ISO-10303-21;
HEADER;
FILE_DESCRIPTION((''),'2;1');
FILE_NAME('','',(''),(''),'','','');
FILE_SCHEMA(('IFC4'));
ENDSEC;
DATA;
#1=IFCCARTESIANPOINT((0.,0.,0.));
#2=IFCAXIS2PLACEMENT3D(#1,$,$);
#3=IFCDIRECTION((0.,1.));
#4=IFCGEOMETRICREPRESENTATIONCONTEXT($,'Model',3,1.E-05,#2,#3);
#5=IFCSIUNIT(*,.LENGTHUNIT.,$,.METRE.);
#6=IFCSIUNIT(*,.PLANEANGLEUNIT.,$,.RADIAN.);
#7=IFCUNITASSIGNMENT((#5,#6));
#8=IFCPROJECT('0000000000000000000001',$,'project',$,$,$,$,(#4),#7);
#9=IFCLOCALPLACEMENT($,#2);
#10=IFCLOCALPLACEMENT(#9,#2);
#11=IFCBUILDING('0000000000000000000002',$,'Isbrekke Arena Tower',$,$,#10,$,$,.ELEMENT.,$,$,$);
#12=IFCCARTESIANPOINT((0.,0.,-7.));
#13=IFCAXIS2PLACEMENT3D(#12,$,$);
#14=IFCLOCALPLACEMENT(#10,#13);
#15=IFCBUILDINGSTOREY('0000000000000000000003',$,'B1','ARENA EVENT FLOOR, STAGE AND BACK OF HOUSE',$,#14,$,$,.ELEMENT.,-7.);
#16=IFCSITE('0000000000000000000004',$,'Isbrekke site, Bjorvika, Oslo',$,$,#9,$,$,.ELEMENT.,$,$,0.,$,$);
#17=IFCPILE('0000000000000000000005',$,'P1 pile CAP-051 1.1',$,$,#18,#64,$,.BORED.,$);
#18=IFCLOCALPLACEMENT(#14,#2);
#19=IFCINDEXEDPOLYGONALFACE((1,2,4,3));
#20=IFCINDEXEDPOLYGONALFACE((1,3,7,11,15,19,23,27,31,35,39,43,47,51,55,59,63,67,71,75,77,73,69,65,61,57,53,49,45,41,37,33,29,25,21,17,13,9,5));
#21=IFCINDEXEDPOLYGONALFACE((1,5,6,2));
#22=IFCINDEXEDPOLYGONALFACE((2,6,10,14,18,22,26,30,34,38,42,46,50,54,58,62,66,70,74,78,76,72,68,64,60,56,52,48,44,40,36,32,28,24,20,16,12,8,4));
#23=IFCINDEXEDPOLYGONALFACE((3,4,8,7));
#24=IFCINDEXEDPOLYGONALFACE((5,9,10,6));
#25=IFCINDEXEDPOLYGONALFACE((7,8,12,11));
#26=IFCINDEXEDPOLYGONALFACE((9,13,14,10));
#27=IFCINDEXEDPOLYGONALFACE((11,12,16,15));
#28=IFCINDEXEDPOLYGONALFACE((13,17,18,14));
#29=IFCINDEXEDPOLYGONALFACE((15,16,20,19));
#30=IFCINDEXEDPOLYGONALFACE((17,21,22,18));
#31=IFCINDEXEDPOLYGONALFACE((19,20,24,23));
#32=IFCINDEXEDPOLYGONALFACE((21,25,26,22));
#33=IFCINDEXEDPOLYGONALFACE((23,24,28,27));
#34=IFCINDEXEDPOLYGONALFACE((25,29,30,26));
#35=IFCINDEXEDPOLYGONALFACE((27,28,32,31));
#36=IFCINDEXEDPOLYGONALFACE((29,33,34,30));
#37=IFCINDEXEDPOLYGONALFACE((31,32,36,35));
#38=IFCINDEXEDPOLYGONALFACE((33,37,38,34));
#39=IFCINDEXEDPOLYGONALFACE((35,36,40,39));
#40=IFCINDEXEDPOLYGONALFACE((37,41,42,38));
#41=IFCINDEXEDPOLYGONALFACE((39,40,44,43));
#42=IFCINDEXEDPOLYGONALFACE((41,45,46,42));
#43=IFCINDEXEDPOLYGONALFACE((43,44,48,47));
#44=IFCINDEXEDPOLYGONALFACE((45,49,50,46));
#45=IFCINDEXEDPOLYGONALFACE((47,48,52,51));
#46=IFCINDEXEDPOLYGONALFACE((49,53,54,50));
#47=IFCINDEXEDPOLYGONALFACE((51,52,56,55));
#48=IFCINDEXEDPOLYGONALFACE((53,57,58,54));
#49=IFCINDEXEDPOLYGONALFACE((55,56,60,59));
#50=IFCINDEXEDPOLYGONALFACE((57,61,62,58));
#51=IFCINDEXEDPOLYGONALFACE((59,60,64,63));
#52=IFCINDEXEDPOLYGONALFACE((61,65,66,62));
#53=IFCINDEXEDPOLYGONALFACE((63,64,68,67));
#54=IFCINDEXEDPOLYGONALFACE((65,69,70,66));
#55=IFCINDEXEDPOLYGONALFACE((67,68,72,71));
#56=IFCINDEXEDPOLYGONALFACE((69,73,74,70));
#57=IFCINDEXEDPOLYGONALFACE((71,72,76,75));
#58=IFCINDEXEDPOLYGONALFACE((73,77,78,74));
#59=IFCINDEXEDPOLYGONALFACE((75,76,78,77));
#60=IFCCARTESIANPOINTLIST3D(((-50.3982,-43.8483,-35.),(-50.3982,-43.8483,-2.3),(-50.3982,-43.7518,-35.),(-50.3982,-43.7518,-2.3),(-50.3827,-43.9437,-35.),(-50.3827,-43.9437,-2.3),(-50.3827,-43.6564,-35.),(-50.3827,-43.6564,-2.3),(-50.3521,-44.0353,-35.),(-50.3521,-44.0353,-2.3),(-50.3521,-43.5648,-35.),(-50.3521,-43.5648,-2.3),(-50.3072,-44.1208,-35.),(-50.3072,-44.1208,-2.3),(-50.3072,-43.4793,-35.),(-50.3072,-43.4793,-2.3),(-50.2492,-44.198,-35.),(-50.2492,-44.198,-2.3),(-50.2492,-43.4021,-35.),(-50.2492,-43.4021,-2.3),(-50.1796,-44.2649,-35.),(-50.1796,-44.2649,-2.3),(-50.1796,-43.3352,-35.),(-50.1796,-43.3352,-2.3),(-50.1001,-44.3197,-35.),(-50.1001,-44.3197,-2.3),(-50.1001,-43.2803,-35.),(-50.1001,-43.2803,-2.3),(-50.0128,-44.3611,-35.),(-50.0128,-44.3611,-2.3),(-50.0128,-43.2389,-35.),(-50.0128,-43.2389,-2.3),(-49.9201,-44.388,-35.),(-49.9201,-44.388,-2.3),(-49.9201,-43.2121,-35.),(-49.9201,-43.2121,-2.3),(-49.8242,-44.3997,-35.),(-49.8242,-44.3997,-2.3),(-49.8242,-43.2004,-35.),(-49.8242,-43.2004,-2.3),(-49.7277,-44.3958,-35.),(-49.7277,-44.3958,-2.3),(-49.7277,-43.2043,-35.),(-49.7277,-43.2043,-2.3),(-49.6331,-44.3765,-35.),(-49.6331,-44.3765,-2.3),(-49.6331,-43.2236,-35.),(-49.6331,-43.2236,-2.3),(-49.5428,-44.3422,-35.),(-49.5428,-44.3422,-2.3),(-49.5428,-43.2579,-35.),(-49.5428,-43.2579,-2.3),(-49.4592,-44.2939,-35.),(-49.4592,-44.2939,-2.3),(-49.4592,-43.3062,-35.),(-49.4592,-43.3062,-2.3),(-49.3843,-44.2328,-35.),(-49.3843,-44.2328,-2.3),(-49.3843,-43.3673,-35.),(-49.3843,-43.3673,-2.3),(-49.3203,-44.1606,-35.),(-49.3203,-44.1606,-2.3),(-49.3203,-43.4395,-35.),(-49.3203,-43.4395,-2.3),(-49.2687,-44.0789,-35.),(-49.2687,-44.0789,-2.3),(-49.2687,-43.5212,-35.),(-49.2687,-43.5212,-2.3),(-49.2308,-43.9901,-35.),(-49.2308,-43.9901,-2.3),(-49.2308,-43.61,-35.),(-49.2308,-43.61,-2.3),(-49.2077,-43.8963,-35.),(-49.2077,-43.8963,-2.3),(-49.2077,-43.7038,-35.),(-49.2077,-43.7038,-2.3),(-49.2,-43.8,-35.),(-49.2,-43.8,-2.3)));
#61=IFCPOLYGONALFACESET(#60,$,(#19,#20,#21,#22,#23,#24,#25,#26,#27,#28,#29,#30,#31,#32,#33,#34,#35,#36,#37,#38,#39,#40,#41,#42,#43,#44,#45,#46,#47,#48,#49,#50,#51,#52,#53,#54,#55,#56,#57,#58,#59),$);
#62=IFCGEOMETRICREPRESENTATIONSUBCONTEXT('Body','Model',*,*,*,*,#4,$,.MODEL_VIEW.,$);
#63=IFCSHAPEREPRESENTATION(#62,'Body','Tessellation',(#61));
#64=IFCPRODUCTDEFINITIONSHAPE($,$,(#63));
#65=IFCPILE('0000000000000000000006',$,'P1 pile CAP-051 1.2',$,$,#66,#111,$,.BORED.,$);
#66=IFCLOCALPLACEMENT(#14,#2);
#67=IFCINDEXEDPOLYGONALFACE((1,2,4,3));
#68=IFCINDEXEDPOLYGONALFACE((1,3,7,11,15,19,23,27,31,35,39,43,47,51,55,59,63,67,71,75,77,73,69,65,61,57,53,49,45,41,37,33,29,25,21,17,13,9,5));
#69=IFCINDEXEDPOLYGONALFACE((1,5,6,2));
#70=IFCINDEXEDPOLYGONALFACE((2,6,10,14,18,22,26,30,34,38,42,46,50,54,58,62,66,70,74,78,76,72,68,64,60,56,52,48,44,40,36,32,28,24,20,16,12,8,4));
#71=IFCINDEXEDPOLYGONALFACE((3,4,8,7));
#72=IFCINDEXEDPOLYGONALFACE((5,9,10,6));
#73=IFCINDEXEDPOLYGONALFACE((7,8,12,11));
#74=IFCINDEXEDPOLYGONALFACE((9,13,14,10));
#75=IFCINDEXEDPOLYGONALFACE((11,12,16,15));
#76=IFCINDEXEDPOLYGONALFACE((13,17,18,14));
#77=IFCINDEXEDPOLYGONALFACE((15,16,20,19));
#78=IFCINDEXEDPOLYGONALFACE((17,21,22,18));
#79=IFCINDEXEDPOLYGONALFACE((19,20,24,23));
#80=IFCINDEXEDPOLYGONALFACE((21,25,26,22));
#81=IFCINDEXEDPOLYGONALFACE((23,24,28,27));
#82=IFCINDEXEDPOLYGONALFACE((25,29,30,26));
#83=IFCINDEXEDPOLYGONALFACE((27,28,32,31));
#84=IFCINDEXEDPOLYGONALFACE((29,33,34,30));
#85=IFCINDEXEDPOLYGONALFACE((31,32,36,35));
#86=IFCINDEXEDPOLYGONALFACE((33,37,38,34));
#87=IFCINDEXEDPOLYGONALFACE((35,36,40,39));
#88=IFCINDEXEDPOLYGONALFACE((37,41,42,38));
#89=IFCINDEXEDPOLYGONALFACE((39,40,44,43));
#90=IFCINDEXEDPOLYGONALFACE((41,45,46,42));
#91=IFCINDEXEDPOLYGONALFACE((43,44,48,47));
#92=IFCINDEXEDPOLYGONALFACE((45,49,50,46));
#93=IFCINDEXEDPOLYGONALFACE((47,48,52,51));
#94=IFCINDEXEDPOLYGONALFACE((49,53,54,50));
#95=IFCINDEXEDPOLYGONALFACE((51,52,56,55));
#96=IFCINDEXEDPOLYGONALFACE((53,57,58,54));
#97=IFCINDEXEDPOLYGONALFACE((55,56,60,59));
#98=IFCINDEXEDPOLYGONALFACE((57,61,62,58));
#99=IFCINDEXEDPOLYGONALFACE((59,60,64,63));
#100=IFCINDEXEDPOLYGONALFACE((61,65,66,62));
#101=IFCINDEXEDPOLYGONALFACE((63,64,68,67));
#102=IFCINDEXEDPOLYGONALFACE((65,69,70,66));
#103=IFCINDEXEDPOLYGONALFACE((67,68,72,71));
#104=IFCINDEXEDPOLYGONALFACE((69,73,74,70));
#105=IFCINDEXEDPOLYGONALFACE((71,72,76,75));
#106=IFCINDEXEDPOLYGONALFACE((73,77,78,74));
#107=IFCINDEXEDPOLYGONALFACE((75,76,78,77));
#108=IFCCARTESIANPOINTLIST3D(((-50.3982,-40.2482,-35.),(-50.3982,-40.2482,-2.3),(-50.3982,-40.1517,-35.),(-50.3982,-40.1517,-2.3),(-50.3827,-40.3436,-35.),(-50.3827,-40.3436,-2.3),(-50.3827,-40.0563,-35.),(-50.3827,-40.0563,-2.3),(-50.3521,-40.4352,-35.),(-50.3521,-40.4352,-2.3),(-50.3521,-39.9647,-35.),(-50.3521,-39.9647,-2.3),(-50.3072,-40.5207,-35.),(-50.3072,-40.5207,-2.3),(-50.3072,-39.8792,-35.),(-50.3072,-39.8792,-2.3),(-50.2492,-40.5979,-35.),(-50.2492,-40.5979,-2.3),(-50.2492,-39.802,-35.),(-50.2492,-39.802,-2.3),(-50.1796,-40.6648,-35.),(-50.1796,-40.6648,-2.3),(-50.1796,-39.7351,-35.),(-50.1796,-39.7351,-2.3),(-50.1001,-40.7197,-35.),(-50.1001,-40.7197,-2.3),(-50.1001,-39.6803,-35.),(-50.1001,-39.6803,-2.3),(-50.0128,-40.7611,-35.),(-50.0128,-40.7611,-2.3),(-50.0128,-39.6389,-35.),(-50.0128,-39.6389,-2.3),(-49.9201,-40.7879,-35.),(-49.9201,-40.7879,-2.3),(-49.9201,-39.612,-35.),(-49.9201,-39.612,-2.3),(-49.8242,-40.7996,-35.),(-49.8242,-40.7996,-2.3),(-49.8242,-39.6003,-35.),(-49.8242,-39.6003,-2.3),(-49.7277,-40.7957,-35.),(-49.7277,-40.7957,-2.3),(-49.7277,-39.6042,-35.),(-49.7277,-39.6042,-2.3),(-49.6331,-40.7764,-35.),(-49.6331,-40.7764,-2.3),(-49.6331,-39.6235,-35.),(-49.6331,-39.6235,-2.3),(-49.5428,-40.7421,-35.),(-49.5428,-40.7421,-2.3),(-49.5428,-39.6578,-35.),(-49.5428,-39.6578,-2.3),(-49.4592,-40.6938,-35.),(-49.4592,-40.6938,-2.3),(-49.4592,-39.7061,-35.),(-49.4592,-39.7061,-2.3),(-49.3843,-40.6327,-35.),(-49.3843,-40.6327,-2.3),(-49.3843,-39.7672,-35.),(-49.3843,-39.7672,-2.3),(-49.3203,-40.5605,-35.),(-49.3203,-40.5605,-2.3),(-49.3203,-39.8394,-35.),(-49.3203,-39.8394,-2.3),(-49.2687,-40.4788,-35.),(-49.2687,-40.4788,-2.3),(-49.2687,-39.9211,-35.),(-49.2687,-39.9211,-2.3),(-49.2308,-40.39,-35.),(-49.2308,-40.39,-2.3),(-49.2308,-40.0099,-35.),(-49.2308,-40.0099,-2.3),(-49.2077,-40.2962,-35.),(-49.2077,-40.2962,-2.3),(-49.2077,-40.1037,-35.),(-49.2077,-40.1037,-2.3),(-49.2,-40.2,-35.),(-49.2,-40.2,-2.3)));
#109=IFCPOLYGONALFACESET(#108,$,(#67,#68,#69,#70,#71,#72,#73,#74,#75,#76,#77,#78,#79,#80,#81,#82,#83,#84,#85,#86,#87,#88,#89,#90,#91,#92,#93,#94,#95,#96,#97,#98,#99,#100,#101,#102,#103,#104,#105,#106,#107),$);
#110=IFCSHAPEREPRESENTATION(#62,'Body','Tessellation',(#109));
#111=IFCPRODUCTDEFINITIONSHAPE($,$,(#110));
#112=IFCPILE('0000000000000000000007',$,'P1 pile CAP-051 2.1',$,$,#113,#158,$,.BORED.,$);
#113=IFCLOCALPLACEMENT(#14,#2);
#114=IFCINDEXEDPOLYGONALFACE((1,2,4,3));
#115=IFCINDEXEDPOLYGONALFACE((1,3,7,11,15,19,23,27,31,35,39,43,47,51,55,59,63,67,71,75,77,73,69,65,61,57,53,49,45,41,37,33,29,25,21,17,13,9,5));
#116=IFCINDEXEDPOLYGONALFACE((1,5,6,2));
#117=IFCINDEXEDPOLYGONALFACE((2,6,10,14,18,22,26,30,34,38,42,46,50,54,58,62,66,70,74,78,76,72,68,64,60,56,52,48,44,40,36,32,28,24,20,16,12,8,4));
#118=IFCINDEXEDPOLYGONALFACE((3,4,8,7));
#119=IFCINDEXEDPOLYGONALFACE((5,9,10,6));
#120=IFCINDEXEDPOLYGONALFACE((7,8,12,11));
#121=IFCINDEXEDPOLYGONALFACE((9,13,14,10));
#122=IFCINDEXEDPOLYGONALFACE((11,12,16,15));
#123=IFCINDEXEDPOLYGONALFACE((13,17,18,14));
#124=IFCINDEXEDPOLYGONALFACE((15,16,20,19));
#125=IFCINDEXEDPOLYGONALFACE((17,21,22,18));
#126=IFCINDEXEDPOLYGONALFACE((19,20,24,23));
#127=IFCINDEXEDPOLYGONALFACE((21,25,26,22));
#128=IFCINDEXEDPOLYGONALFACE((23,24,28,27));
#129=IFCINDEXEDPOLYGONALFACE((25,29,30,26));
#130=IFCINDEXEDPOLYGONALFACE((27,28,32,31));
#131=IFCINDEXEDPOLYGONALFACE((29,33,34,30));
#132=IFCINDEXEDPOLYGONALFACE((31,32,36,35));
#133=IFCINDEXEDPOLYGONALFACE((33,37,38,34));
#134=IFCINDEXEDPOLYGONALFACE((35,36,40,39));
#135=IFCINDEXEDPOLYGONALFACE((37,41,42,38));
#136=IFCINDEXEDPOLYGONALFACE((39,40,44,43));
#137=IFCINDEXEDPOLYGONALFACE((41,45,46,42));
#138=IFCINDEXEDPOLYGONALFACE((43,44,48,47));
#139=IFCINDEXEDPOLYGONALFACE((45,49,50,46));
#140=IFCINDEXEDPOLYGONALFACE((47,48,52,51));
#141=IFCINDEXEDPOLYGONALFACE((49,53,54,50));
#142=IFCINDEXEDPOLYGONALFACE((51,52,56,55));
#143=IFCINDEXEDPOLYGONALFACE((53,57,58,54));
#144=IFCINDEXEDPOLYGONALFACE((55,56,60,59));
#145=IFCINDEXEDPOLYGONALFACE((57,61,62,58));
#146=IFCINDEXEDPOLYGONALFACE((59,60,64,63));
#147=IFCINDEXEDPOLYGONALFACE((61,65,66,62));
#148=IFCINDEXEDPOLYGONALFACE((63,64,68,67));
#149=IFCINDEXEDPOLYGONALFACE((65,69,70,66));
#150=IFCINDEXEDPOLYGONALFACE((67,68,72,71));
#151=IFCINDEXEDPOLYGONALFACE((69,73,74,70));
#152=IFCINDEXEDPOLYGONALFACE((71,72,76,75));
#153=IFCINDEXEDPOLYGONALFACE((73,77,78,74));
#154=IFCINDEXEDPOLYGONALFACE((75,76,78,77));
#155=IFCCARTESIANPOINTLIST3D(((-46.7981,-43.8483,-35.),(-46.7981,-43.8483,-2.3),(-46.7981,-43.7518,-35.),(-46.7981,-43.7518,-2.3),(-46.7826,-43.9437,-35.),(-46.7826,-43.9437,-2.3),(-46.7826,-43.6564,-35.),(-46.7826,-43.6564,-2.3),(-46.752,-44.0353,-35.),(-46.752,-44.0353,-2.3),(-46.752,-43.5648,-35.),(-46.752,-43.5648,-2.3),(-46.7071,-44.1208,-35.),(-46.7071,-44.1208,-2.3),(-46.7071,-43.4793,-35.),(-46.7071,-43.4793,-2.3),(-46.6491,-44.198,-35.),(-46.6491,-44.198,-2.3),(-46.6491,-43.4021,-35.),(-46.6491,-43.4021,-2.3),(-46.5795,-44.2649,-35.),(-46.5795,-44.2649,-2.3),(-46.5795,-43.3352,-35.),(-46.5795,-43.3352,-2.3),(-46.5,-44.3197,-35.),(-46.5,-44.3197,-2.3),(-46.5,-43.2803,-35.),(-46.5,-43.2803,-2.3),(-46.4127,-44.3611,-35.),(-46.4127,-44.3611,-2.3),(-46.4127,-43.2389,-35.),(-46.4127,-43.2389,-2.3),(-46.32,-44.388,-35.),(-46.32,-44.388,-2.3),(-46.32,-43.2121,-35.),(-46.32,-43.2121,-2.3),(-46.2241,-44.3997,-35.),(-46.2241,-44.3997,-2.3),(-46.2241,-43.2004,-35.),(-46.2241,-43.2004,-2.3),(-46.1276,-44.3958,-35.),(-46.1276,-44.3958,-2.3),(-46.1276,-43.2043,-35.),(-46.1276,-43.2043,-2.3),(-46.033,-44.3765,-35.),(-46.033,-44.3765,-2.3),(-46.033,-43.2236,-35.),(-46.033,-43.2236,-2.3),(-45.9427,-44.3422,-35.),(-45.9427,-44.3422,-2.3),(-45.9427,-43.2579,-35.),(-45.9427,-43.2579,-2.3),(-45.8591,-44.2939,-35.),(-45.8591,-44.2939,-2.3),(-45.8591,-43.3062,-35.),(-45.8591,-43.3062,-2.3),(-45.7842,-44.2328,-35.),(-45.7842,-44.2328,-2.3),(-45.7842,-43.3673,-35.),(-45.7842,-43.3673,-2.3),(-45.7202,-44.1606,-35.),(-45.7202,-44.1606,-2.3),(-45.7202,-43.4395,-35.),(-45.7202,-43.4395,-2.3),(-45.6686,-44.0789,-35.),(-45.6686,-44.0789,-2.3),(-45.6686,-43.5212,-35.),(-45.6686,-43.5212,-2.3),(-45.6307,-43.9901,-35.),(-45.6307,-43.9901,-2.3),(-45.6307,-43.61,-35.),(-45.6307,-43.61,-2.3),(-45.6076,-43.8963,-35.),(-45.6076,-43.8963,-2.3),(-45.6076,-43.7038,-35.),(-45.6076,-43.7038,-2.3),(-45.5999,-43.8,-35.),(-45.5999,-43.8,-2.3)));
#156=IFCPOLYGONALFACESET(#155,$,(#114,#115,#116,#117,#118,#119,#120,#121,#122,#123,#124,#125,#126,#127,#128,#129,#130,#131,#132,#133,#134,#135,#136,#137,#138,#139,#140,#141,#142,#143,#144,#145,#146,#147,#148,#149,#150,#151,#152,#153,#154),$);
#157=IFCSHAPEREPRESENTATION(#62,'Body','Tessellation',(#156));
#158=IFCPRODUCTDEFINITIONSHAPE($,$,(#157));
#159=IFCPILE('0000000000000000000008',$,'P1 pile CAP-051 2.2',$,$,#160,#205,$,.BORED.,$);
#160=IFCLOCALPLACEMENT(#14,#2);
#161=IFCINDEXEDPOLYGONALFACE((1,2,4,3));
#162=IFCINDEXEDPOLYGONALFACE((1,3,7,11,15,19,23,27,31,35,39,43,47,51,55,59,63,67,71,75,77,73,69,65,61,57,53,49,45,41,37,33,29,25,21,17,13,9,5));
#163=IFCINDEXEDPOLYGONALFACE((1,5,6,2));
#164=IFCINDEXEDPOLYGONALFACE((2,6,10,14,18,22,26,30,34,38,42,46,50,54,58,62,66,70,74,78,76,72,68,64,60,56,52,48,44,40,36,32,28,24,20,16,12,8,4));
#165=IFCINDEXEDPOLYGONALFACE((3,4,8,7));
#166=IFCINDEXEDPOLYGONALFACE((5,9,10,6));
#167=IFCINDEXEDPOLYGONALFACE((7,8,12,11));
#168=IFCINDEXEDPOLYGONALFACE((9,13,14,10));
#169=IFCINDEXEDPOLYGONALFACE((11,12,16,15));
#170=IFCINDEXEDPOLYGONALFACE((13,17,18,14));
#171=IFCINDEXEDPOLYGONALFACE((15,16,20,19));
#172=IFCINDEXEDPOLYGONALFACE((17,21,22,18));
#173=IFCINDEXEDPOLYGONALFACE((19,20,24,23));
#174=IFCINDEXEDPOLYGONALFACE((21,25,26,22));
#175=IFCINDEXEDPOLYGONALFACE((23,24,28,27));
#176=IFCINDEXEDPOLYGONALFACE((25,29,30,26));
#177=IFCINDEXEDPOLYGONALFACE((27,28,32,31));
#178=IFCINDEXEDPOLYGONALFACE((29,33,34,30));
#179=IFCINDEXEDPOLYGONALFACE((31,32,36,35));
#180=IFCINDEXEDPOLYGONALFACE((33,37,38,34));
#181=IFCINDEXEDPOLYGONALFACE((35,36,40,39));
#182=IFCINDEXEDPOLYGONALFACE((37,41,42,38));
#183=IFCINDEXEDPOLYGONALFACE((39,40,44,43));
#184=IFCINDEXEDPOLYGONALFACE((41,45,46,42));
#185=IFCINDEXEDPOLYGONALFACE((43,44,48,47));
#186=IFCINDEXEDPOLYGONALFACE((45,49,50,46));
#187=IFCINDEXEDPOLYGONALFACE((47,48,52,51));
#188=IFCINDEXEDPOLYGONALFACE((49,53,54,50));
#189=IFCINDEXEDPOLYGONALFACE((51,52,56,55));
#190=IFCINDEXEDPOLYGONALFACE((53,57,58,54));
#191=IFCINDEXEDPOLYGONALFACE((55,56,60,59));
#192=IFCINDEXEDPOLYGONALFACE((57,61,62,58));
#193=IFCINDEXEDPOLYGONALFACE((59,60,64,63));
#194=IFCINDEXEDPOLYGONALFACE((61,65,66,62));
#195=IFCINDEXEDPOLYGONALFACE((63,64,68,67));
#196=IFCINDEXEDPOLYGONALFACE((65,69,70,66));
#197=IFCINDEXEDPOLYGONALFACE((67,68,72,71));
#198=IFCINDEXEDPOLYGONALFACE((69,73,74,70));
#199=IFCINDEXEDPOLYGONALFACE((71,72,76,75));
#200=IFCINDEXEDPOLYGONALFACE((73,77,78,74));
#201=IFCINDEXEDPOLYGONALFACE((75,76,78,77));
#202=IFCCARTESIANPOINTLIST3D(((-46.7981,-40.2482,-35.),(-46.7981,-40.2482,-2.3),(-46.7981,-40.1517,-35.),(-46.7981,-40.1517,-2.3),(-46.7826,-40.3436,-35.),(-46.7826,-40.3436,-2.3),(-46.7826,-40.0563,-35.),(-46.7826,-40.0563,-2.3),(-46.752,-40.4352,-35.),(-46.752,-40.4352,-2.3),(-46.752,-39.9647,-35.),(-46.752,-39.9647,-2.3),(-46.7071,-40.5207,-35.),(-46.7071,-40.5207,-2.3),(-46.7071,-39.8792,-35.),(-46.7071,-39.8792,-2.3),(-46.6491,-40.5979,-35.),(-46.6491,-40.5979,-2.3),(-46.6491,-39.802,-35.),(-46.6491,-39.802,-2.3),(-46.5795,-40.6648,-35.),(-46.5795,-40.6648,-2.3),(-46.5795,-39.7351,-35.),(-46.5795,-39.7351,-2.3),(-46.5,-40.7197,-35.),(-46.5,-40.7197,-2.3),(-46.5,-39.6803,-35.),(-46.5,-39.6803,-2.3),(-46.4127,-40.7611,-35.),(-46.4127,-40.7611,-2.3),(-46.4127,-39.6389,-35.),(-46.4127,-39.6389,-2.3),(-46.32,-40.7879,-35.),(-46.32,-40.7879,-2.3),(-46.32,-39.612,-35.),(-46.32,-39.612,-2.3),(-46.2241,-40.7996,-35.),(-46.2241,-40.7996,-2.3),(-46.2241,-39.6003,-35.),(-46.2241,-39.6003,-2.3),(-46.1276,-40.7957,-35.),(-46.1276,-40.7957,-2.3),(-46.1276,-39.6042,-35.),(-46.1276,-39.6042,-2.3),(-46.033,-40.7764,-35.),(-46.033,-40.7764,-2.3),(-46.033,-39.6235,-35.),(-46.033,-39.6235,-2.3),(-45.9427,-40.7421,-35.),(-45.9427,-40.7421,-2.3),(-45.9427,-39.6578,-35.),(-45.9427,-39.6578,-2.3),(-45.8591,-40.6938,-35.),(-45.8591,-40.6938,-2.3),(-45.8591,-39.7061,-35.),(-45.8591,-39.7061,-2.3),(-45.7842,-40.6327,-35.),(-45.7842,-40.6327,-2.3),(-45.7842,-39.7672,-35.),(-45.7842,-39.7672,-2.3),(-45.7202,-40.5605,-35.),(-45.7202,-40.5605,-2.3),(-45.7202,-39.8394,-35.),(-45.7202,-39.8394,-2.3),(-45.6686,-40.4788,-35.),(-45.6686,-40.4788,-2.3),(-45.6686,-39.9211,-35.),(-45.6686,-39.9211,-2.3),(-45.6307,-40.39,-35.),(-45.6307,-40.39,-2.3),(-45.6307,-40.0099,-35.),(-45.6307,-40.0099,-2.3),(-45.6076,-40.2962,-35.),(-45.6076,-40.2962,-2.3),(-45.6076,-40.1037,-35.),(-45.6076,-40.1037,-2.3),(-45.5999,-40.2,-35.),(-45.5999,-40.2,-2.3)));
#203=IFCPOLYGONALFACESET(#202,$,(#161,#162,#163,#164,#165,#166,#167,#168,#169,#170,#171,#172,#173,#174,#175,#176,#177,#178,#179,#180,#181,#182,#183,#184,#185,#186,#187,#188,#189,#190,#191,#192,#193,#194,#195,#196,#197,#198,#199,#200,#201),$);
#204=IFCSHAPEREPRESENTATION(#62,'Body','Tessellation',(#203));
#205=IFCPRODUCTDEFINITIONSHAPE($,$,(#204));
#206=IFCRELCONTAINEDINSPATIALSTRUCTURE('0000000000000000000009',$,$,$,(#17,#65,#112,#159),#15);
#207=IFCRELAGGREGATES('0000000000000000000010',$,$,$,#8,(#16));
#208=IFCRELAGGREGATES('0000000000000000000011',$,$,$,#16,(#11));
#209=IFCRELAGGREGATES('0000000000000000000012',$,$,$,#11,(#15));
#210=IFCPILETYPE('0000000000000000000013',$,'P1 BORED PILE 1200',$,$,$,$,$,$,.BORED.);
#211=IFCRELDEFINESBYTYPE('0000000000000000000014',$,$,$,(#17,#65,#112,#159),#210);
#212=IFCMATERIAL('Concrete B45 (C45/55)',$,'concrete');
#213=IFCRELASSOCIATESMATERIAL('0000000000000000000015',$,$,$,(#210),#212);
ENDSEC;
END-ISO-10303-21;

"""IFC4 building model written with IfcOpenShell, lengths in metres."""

from ifc_helpers import new_model, si_unit, direction, frame, origin, origin_2d, place, context, subcontext, project, spatial, circle, extrude, material, material_profile, profile_set, type_object, element, save


model = new_model("IFC4")

# Units and contexts
model_context = context("Model", 3, precision=1e-05, world=origin(), true_north=direction((0.0, 1.0)))
body_context = subcontext(model_context, "Body", "Model", "MODEL_VIEW")
ifc_project = project(units=[si_unit("LENGTHUNIT", "METRE"), si_unit("PLANEANGLEUNIT", "RADIAN")], contexts=[model_context])

# Site, building, storey
site_placement = place(None, origin())
site = spatial("IfcSite", under=ifc_project, at=site_placement, Name="Isbrekke site, Bjorvika, Oslo", CompositionType="ELEMENT", RefElevation=0.0)
building_placement = place(site_placement, origin())
building = spatial("IfcBuilding", under=site, at=building_placement, Name="Isbrekke Arena Tower", CompositionType="ELEMENT")
storey_placement = place(building_placement, frame((0.0, 0.0, -7.0)))
storey = spatial("IfcBuildingStorey", under=building, at=storey_placement, Name="B1", Description="ARENA EVENT FLOOR, STAGE AND BACK OF HOUSE", CompositionType="ELEMENT", Elevation=-7.0)

# Piles
ifc_material_1 = material(Name="Concrete B45 (C45/55)", Category="concrete")
ifc_material_profile_1 = material_profile(ifc_material_1, circle(Radius=0.6001, at=origin_2d()), Name="BORED PILE D1200")
ifc_profile_set_1 = profile_set([ifc_material_profile_1], Name="Concrete B45 (C45/55)")
pile_type = type_object("IfcPileType", Name="P1 BORED PILE 1200", PredefinedType="BORED", material=ifc_profile_set_1)
for number, where, z_axis, x_axis, name in (
    (1, (-49.8, -43.8, -2.3), (0.0, 0.0, -1.0), (1.0, 0.0, 0.0), "P1 pile CAP-051 1.1"),
    (2, (-49.8, -40.2, -2.3), (0.0, 0.0, -1.0), (1.0, 0.0, 0.0), "P1 pile CAP-051 1.2"),
    (3, (-46.2, -43.8, -2.3), (0.0, 0.0, -1.0), (1.0, 0.0, 0.0), "P1 pile CAP-051 2.1"),
    (4, (-46.2, -40.2, -2.3), (0.0, 0.0, -1.0), (1.0, 0.0, 0.0), "P1 pile CAP-051 2.2"),
):
    element("IfcPile", number, at=place(storey_placement, frame(where, z_axis=z_axis, x_axis=x_axis)), inside=storey, type_object=pile_type, Name=name, PredefinedType="BORED", context=body_context, shape_type="SweptSolid", body=[
        extrude(circle(Radius=0.6001, at=origin_2d()), origin(), (0.0, 0.0, 1.0), 32.7),
    ])

save(model, "model.ifc")
